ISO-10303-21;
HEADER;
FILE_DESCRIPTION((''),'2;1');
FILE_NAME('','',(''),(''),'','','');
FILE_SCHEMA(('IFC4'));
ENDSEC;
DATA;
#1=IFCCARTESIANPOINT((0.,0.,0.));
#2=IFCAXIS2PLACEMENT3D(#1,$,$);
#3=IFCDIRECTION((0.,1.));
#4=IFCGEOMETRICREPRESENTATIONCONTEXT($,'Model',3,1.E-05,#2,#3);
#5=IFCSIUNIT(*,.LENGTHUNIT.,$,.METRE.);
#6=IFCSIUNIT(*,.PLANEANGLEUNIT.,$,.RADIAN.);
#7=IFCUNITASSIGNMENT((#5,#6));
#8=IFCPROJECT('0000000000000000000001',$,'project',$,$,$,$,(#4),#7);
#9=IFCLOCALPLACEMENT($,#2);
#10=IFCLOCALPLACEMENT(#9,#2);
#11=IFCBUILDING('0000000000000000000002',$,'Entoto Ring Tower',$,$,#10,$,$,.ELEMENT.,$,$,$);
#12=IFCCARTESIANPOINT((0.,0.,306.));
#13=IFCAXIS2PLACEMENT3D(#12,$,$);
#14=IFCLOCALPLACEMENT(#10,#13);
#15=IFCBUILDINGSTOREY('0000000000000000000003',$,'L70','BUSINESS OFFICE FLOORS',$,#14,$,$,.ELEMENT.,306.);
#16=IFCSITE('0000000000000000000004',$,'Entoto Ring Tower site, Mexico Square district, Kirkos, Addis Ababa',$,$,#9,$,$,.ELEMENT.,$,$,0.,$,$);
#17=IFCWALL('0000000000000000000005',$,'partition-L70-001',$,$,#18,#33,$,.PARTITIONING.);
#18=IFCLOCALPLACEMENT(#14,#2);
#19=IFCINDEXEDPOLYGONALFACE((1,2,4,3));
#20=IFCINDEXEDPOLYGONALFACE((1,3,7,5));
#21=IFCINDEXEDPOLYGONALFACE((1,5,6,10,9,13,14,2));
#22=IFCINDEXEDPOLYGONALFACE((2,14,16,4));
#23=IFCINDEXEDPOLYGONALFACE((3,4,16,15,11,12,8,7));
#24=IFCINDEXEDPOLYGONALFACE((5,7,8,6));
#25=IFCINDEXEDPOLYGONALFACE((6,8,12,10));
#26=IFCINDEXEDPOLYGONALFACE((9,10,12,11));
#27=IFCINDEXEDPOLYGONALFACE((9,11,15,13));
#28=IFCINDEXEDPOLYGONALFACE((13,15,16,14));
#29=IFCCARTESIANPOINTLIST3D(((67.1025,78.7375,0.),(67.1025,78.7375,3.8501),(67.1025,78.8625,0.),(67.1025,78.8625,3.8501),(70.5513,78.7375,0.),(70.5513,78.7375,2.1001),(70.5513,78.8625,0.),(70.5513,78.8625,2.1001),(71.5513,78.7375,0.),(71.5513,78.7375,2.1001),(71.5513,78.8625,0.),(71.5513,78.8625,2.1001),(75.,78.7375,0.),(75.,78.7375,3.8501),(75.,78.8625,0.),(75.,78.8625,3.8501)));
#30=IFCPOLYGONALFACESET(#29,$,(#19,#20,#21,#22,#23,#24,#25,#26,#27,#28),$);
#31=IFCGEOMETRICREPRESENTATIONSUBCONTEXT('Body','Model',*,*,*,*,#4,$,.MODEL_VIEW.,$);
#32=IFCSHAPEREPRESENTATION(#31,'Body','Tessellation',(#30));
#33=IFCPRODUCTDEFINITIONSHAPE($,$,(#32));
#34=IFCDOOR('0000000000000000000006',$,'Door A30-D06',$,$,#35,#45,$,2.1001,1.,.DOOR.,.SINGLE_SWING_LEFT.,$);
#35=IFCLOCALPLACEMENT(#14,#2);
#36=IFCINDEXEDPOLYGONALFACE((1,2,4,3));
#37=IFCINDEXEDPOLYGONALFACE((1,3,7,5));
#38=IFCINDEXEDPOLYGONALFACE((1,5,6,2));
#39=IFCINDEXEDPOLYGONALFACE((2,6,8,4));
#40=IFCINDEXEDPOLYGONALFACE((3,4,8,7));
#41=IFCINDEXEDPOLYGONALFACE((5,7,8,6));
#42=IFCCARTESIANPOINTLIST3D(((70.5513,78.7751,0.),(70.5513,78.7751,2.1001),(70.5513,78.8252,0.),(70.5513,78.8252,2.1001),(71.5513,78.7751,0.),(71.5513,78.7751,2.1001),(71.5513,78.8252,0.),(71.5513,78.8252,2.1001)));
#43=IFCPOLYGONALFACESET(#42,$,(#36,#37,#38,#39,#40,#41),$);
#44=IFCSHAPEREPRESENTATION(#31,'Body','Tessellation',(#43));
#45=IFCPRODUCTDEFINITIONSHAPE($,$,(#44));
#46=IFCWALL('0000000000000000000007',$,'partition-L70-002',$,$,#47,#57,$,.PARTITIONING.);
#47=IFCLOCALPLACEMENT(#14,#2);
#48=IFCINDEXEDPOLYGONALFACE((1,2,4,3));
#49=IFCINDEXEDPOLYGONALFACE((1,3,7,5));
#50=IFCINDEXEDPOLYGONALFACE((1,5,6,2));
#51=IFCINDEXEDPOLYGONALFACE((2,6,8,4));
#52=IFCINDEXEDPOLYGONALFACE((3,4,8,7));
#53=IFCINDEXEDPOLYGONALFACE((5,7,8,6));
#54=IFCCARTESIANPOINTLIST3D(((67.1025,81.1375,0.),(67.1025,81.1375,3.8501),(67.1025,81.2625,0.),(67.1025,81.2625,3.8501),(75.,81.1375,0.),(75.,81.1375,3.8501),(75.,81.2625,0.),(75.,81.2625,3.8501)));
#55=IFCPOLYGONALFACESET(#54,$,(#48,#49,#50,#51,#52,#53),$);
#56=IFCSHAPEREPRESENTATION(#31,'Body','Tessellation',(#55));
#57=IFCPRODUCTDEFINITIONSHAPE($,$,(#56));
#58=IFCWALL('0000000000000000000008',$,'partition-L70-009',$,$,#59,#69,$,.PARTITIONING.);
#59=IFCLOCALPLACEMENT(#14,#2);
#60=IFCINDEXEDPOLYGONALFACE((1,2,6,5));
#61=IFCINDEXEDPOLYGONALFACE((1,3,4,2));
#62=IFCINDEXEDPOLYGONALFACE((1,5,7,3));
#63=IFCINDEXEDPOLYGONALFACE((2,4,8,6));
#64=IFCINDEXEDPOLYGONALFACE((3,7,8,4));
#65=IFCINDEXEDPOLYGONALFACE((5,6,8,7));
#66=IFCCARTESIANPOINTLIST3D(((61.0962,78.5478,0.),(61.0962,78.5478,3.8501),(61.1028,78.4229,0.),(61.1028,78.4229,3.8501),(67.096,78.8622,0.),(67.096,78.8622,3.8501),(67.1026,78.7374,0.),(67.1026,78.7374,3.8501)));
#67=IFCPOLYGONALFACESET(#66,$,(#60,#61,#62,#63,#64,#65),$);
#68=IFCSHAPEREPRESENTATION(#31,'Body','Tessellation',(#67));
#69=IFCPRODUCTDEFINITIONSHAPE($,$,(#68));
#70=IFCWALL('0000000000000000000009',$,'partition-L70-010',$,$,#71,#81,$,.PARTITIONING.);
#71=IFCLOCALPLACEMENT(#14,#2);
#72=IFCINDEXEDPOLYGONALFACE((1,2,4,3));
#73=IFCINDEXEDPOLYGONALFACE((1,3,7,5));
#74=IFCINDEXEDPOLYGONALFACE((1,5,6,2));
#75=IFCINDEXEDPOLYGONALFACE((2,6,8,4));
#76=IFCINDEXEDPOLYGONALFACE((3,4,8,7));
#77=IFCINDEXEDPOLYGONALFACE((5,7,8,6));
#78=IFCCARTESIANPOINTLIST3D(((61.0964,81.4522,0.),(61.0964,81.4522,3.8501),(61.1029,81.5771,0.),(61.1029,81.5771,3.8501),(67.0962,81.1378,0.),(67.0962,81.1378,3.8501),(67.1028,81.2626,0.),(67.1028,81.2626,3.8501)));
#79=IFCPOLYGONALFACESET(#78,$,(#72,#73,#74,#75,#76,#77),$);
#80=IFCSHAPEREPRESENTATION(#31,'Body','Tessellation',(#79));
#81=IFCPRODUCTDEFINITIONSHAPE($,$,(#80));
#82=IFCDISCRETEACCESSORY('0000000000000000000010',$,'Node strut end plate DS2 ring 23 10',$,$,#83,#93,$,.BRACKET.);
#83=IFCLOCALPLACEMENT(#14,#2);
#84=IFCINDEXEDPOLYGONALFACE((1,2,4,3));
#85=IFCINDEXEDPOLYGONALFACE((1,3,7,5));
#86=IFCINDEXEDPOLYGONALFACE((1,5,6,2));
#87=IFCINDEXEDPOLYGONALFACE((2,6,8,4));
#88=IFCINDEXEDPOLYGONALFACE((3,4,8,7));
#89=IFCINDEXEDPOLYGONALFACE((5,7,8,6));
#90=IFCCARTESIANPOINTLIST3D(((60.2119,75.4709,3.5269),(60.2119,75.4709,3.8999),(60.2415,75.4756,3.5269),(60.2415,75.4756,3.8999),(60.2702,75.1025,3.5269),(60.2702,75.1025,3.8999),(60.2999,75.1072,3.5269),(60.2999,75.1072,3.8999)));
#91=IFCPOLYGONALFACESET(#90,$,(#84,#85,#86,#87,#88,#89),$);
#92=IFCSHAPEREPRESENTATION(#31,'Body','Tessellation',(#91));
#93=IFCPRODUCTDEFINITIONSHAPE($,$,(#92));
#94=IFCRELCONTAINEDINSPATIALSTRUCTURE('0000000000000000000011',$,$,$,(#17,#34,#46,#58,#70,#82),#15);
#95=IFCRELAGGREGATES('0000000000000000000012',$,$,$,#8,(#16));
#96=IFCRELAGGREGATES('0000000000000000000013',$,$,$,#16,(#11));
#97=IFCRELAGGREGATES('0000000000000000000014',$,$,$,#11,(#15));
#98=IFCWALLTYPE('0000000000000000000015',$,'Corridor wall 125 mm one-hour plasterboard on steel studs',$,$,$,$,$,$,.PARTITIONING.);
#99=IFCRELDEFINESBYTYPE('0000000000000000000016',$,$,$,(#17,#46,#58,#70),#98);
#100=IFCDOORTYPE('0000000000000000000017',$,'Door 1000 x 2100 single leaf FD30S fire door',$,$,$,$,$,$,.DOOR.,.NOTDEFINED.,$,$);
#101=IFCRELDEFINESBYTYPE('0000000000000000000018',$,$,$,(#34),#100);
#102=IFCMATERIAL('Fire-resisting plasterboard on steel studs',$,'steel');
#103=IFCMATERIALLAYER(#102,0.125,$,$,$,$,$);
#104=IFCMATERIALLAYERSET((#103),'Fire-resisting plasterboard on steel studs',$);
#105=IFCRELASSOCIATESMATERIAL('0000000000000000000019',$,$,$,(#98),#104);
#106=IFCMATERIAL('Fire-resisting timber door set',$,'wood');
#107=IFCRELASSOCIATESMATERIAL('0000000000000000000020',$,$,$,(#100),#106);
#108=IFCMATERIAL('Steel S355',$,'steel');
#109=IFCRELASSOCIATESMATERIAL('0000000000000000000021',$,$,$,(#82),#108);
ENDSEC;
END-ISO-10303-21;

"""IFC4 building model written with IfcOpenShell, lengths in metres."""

from ifc_helpers import new_model, si_unit, direction, frame, frame_2d, origin, origin_2d, place, context, subcontext, project, spatial, rectangle, extrude, material, layer, layer_set, type_object, element, fill, save


model = new_model("IFC4")

# Units and contexts
model_context = context("Model", 3, precision=1e-05, world=origin(), true_north=direction((0.0, 1.0)))
body_context = subcontext(model_context, "Body", "Model", "MODEL_VIEW")
ifc_project = project(units=[si_unit("LENGTHUNIT", "METRE"), si_unit("PLANEANGLEUNIT", "RADIAN")], contexts=[model_context])

# Site, building, storey
site_placement = place(None, origin())
site = spatial("IfcSite", under=ifc_project, at=site_placement, Name="Entoto Ring Tower site, Mexico Square district, Kirkos, Addis Ababa", CompositionType="ELEMENT", RefElevation=0.0)
building_placement = place(site_placement, origin())
building = spatial("IfcBuilding", under=site, at=building_placement, Name="Entoto Ring Tower", CompositionType="ELEMENT")
storey_placement = place(building_placement, frame((0.0, 0.0, 306.0)))
storey = spatial("IfcBuildingStorey", under=building, at=storey_placement, Name="L70", Description="BUSINESS OFFICE FLOORS", CompositionType="ELEMENT", Elevation=306.0)

# Wall, opening, door
ifc_material_1 = material(Name="Fire-resisting plasterboard on steel studs", Category="steel")
ifc_layer = layer(ifc_material_1, 0.125)
ifc_layer_set = layer_set([ifc_layer], Name="Fire-resisting plasterboard on steel studs")
wall_type = type_object("IfcWallType", Name="Corridor wall 125 mm one-hour plasterboard on steel studs", PredefinedType="PARTITIONING", material=ifc_layer_set)
wall_1_placement = place(storey_placement, frame((67.1025, 78.8, 0.0), z_axis=(0.0, 0.0, 1.0), x_axis=(1.0, 0.0, 0.0)))
wall_1 = element("IfcWall", 1, at=wall_1_placement, inside=storey, type_object=wall_type, Name="partition-L70-001", PredefinedType="PARTITIONING", context=body_context, shape_type="SweptSolid", body=[
    extrude(rectangle(XDim=7.8975, YDim=0.125, at=frame_2d((3.9487, 0.0))), origin(), (0.0, 0.0, 1.0), 3.8501),
])
opening_placement = place(wall_1_placement, frame((3.4487, 0.0, 0.0)))
opening = element("IfcOpeningElement", 2, at=opening_placement, cuts=wall_1, PredefinedType="OPENING", context=body_context, shape_type="SweptSolid", body=[
    extrude(rectangle(XDim=1.0, YDim=2.1001, at=frame_2d((0.5, 1.05))), frame((0.0, 0.0725, 0.0), z_axis=(0.0, -1.0, 0.0), x_axis=(1.0, 0.0, 0.0)), (0.0, 0.0, 1.0), 0.145),
])
ifc_material_2 = material(Name="Fire-resisting timber door set", Category="wood")
door_type = type_object("IfcDoorType", Name="Door 1000 x 2100 single leaf FD30S fire door", OperationType="NOTDEFINED", PredefinedType="DOOR", material=ifc_material_2)
door_placement = place(opening_placement, frame((1.0, 0.0, 0.0), z_axis=(0.0, 0.0, 1.0), x_axis=(-1.0, 0.0, 0.0)))
door = element("IfcDoor", 3, at=door_placement, inside=storey, type_object=door_type, Name="Door A30-D06", OperationType="SINGLE_SWING_LEFT", OverallHeight=2.1001, OverallWidth=1.0, PredefinedType="DOOR", context=body_context, shape_type="SweptSolid", body=[
    extrude(rectangle(XDim=1.0, YDim=2.1001, at=frame_2d((0.5, 1.05))), frame((0.0, 0.0249, 0.0), z_axis=(0.0, -1.0, 0.0), x_axis=(1.0, 0.0, 0.0)), (0.0, 0.0, 1.0), 0.05),
])
fill(opening, door)

# Walls
wall_2_placement = place(storey_placement, frame((67.1025, 81.2, 0.0), z_axis=(0.0, 0.0, 1.0), x_axis=(1.0, 0.0, 0.0)))
element("IfcWall", 4, at=wall_2_placement, inside=storey, type_object=wall_type, Name="partition-L70-002", PredefinedType="PARTITIONING", context=body_context, shape_type="SweptSolid", body=[
    extrude(rectangle(XDim=7.8975, YDim=0.125, at=frame_2d((3.9487, 0.0))), origin(), (0.0, 0.0, 1.0), 3.8501),
])
for number, where, z_axis, x_axis, name in (
    (5, (61.0996, 78.4854, 0.0), (0.0, 0.0, 1.0), (0.998629, 0.052339, 0.0), "partition-L70-009"),
    (6, (67.0994, 81.2002, 0.0), (0.0, 0.0, 1.0), (-0.998629, 0.052339, 0.0), "partition-L70-010"),
):
    element("IfcWall", number, at=place(storey_placement, frame(where, z_axis=z_axis, x_axis=x_axis)), inside=storey, type_object=wall_type, Name=name, PredefinedType="PARTITIONING", context=body_context, shape_type="SweptSolid", body=[
        extrude(rectangle(XDim=6.0081, YDim=0.125, at=frame_2d((3.0039, 0.0))), origin(), (0.0, 0.0, 1.0), 3.8501),
    ])

# Discrete accessory
ifc_material_3 = material(Name="Steel S355", Category="steel")
discrete_accessory_placement = place(storey_placement, frame((60.2559, 75.2891, 3.5269), z_axis=(0.0, 0.0, 1.0), x_axis=(-0.987688, -0.156434, 0.0)))
element("IfcDiscreteAccessory", 7, at=discrete_accessory_placement, inside=storey, material=ifc_material_3, Name="Node strut end plate DS2 ring 23 10", PredefinedType="BRACKET", context=body_context, shape_type="SweptSolid", body=[
    extrude(rectangle(XDim=0.03, YDim=0.373, at=origin_2d()), origin(), (0.0, 0.0, 1.0), 0.373),
])

save(model, "model.ifc")
